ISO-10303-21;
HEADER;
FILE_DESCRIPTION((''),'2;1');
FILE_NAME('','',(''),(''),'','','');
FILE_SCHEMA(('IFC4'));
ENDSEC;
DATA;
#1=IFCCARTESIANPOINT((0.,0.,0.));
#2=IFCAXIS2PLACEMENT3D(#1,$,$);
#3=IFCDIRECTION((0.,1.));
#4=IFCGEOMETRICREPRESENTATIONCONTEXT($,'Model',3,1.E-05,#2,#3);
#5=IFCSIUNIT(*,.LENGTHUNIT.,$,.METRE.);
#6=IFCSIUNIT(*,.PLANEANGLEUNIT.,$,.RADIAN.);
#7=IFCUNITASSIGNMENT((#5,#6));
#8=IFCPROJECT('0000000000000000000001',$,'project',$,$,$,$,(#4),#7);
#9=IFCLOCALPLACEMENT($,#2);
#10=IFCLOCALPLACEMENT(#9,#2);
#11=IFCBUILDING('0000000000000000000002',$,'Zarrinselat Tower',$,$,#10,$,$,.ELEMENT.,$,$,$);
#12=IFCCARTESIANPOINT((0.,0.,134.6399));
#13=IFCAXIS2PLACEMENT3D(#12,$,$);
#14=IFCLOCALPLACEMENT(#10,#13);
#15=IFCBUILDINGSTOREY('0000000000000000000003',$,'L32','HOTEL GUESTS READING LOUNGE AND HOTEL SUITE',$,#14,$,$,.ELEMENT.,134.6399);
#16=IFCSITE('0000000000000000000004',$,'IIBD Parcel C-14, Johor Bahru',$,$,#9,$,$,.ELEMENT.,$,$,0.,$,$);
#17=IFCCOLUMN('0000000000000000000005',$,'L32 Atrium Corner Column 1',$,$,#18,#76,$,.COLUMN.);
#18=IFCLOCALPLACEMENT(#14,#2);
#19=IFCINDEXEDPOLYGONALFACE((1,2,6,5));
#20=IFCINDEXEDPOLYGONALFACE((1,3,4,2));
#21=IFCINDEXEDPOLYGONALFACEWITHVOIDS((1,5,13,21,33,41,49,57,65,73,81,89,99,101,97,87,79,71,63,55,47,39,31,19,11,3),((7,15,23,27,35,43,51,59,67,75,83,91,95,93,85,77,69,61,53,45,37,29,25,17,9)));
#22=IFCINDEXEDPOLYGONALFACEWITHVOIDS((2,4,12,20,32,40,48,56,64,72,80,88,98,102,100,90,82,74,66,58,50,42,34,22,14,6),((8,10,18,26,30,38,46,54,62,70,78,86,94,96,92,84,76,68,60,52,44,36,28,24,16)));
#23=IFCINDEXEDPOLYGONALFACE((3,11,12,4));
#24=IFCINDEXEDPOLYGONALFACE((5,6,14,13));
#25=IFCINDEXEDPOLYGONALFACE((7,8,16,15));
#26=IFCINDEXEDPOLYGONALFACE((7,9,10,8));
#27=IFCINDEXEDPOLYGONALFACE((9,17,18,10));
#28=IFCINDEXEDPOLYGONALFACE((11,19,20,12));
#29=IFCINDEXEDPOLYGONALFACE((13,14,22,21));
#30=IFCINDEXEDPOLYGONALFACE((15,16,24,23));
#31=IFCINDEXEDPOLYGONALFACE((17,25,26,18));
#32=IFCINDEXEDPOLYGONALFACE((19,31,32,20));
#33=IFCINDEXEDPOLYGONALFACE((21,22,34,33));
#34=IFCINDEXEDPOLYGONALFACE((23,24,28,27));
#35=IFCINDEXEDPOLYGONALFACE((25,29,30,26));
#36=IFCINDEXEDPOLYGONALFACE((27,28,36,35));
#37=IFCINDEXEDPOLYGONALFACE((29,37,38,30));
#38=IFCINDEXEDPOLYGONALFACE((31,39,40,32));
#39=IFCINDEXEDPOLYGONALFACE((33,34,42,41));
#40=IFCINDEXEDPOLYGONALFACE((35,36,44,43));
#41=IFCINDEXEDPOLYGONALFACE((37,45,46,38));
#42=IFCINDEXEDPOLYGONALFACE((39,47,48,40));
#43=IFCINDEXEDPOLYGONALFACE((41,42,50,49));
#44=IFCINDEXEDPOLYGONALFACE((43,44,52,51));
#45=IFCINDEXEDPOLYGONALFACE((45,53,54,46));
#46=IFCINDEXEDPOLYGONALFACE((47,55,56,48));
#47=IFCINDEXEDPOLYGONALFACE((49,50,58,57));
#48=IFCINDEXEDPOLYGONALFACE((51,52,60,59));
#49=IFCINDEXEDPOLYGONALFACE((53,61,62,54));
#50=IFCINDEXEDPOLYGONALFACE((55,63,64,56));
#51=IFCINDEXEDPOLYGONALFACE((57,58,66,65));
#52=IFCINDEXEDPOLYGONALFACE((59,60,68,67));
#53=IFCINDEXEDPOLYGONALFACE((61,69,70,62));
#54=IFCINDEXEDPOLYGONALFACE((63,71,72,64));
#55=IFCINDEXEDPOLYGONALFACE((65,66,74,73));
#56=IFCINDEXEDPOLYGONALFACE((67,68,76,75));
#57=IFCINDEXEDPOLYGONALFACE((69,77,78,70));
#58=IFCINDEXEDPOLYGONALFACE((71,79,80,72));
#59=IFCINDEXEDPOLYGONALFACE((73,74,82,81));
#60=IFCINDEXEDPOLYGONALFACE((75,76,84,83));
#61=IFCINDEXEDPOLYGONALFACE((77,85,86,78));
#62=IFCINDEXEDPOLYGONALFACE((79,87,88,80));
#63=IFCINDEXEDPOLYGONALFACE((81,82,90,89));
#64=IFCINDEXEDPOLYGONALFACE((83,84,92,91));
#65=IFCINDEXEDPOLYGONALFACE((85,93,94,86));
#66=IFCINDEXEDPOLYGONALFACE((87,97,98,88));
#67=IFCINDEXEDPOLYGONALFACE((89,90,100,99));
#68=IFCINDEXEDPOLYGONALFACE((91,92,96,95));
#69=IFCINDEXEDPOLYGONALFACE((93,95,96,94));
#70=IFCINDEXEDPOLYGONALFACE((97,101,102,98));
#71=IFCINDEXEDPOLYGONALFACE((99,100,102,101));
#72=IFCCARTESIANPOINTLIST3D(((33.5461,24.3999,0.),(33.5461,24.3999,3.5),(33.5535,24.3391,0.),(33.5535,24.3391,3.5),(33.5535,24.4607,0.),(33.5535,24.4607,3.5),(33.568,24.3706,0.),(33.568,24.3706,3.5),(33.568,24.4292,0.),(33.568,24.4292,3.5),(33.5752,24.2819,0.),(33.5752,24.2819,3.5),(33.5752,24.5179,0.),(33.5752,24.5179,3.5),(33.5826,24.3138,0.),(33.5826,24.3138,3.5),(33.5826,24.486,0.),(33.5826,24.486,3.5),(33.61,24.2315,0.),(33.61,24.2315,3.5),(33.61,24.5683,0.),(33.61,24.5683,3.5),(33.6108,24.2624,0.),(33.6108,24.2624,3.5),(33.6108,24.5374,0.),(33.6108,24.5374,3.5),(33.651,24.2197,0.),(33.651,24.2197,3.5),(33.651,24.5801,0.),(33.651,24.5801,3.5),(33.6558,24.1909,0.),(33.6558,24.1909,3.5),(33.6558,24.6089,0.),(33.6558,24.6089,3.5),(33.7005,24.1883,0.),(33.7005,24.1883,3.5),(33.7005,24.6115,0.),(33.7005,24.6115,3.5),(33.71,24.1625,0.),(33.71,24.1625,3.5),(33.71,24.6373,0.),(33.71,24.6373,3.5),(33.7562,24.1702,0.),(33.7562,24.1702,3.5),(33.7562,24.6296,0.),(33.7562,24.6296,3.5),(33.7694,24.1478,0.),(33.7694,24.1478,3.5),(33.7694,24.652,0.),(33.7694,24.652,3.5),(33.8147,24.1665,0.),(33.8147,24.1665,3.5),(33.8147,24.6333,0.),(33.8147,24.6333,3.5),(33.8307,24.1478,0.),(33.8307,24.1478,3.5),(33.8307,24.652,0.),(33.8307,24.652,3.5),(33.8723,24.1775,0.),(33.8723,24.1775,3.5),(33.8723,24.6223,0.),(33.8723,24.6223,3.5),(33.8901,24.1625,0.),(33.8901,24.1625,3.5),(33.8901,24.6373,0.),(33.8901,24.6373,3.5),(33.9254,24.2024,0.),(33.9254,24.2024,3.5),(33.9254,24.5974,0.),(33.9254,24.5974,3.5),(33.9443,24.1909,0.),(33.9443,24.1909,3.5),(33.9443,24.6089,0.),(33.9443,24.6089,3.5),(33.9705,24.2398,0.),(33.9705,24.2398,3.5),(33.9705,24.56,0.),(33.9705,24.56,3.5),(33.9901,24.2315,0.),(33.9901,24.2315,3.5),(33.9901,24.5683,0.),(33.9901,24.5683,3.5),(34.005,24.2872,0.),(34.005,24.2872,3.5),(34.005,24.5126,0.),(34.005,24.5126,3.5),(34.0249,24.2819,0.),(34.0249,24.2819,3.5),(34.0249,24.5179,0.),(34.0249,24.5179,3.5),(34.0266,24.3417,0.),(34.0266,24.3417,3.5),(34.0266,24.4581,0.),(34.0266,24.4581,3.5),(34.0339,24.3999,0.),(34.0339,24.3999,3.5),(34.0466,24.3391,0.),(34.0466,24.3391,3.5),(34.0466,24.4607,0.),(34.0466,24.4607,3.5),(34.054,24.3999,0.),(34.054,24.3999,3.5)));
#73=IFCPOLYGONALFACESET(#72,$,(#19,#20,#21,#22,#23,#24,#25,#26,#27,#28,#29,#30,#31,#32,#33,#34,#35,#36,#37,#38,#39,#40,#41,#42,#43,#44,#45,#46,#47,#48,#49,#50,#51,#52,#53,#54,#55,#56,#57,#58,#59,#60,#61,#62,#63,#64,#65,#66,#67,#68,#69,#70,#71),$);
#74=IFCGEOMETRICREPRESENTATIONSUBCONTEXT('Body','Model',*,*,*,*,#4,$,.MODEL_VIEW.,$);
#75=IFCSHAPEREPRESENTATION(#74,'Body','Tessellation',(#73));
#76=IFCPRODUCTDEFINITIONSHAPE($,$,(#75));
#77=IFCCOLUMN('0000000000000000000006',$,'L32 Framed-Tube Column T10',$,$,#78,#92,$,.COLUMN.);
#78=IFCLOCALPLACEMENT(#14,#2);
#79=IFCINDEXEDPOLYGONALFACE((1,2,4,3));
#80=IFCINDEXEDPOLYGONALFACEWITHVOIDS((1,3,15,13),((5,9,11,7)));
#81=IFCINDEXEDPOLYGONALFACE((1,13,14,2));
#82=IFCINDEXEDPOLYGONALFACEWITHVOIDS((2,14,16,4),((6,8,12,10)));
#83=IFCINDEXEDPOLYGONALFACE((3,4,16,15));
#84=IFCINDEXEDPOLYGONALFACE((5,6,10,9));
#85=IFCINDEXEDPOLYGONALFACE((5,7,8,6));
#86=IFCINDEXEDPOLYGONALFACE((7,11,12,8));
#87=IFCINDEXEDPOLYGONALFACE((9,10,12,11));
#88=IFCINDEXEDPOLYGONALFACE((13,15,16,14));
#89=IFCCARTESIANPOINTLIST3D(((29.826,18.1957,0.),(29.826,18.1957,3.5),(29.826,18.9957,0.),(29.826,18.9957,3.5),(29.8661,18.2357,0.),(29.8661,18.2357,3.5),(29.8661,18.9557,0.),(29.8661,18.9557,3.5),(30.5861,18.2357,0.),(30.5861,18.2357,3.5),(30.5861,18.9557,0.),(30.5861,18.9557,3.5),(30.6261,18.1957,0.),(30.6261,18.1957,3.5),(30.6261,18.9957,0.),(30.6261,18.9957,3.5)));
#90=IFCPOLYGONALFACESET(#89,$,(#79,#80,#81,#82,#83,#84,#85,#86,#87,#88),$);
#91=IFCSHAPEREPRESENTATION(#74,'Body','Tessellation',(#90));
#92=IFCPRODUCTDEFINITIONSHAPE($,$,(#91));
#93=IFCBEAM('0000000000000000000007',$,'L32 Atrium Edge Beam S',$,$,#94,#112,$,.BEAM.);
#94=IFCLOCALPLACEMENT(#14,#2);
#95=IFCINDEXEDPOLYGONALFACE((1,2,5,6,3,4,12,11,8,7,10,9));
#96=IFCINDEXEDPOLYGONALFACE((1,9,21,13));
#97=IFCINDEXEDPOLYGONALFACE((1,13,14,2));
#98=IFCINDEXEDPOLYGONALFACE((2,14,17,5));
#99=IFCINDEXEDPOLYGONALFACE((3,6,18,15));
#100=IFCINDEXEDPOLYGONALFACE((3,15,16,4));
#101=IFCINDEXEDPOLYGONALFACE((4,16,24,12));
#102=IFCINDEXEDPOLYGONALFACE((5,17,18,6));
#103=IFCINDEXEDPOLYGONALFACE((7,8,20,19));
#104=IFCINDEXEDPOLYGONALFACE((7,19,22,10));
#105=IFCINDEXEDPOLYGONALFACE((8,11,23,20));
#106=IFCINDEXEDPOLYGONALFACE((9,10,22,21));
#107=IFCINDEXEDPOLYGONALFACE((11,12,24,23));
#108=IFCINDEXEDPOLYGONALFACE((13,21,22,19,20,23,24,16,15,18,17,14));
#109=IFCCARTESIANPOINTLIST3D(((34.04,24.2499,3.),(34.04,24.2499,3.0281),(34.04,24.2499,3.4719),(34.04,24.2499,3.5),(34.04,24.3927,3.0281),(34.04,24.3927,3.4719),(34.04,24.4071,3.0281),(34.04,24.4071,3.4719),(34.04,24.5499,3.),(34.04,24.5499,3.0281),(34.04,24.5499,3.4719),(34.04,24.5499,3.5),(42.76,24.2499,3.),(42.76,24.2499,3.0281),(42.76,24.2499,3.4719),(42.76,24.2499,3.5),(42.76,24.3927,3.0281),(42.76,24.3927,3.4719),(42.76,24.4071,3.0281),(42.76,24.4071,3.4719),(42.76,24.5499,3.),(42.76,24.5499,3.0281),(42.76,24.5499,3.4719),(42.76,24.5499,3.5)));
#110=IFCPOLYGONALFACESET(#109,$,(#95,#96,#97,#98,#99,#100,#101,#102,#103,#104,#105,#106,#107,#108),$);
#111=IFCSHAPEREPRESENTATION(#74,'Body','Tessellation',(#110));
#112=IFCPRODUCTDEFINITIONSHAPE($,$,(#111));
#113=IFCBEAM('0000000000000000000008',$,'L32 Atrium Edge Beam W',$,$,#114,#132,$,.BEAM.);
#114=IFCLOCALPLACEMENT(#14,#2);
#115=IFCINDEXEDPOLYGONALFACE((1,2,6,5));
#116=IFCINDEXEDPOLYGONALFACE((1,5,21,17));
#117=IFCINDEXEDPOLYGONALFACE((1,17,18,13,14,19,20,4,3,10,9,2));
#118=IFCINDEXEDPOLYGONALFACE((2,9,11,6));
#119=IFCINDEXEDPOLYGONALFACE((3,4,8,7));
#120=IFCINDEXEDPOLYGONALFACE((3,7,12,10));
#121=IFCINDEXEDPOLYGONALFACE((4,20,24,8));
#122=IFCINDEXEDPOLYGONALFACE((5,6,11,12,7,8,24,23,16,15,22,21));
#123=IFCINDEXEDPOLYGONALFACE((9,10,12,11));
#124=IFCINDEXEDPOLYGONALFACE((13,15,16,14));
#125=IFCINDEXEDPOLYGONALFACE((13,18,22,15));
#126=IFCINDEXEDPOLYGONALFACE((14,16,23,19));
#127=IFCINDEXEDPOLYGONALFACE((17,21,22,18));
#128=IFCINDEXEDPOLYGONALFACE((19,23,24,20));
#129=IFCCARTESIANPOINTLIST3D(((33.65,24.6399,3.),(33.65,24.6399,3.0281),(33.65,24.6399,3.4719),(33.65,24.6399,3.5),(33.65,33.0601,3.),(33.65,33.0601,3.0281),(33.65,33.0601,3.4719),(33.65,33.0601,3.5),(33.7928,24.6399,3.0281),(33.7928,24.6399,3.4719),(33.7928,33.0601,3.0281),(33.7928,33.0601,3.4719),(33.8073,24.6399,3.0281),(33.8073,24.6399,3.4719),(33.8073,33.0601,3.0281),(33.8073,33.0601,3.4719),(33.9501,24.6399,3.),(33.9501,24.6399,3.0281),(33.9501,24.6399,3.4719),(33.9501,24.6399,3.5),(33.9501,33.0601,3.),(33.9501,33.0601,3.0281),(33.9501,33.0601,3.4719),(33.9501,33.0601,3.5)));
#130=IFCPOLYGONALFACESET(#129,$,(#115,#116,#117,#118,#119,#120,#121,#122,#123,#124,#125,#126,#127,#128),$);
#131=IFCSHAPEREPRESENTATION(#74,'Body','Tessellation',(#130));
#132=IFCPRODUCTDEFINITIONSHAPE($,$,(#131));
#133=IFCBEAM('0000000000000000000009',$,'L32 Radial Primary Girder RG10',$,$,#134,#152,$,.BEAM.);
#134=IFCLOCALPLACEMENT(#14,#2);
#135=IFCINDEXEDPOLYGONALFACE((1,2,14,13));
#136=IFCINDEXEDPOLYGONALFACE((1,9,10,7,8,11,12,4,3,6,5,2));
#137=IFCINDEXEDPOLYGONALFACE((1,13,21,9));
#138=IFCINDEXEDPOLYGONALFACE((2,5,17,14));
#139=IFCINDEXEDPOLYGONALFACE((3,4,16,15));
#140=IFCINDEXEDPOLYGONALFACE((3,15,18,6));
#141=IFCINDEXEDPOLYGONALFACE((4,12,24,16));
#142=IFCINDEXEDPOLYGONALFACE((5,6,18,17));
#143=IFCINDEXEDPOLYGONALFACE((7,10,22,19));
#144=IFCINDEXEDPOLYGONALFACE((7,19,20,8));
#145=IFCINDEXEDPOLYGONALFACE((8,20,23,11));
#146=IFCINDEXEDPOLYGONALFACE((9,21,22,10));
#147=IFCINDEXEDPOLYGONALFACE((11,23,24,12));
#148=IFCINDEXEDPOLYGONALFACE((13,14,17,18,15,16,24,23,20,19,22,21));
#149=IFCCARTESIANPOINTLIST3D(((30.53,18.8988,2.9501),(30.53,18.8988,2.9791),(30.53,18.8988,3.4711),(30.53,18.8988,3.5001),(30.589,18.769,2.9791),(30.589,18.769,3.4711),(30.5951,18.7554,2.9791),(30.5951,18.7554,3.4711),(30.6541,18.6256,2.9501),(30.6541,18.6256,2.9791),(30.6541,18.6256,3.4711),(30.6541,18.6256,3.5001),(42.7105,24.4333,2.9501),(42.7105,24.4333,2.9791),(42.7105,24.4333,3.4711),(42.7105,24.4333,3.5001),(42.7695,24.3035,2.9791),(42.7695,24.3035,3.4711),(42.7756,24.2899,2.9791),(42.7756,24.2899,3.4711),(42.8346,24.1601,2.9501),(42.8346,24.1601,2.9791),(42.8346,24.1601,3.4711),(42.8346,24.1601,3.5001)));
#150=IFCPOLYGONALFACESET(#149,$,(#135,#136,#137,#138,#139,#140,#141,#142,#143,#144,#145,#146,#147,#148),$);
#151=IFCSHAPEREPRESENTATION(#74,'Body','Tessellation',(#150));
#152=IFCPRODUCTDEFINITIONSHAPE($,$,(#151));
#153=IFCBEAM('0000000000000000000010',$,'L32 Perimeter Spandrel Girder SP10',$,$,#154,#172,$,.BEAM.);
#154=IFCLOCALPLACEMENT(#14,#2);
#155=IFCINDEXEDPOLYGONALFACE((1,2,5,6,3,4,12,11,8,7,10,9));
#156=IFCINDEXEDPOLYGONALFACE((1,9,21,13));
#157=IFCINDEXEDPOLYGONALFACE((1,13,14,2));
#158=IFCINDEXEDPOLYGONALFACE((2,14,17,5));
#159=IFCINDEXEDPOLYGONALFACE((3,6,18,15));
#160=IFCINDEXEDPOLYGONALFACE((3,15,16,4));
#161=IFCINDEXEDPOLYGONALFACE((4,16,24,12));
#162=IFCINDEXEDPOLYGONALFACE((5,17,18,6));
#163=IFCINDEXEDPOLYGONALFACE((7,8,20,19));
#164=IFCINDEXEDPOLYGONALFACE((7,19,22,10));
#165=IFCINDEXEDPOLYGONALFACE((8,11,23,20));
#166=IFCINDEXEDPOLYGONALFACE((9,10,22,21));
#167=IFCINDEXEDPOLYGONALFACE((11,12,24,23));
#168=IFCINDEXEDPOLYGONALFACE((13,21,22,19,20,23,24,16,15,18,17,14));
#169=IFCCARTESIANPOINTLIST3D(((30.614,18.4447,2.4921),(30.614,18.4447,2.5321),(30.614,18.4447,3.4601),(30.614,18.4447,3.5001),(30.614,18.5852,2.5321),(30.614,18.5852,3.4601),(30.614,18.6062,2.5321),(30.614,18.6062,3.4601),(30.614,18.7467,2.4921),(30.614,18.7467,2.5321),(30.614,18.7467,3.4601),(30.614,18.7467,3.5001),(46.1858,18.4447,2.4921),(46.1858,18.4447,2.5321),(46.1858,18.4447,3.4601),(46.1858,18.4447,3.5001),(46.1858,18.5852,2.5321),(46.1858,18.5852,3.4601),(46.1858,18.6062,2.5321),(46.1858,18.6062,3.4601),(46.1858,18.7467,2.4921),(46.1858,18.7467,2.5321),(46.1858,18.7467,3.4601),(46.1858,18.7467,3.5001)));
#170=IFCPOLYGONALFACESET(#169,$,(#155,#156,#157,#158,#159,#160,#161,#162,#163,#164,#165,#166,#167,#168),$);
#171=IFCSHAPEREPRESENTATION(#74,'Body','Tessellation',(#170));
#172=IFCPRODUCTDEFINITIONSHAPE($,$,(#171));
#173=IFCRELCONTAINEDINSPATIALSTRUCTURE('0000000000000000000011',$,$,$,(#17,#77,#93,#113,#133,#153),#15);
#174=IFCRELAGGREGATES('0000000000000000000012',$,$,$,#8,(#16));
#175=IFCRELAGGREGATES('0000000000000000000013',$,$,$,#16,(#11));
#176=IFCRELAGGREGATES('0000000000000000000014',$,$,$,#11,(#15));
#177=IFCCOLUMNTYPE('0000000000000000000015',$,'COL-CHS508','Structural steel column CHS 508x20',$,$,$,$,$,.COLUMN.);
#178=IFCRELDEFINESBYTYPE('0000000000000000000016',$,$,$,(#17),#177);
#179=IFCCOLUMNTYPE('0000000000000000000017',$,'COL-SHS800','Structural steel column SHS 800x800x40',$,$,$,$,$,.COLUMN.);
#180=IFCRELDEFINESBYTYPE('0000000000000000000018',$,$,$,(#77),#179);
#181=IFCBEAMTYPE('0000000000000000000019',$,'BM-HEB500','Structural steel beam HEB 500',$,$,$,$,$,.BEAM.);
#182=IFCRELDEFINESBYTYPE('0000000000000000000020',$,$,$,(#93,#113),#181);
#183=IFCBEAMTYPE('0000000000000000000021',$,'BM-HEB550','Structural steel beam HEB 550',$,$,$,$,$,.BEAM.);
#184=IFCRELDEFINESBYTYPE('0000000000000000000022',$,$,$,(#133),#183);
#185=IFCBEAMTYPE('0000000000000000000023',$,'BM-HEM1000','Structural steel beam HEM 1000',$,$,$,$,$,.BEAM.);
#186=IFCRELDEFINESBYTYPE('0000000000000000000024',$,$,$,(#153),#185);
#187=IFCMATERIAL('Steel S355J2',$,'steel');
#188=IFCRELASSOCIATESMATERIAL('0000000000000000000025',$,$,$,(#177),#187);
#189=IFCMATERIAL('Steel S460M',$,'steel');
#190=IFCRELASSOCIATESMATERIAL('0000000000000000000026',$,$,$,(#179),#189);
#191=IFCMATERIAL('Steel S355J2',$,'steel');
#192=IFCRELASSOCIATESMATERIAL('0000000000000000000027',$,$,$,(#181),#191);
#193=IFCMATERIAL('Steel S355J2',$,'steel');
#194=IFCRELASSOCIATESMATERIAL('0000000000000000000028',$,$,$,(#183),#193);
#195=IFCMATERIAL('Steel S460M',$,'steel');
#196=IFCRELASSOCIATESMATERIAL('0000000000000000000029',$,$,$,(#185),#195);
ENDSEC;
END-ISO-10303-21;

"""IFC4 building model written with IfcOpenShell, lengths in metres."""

from ifc_helpers import new_model, si_unit, direction, frame, origin, origin_2d, place, context, subcontext, project, spatial, hollow_rectangle, hollow_circle, i_section, extrude, material, material_profile, profile_set, type_object, element, save


model = new_model("IFC4")

# Units and contexts
model_context = context("Model", 3, precision=1e-05, world=origin(), true_north=direction((0.0, 1.0)))
body_context = subcontext(model_context, "Body", "Model", "MODEL_VIEW")
ifc_project = project(units=[si_unit("LENGTHUNIT", "METRE"), si_unit("PLANEANGLEUNIT", "RADIAN")], contexts=[model_context])

# Site, building, storey
site_placement = place(None, origin())
site = spatial("IfcSite", under=ifc_project, at=site_placement, Name="IIBD Parcel C-14, Johor Bahru", CompositionType="ELEMENT", RefElevation=0.0)
building_placement = place(site_placement, origin())
building = spatial("IfcBuilding", under=site, at=building_placement, Name="Zarrinselat Tower", CompositionType="ELEMENT")
storey_placement = place(building_placement, frame((0.0, 0.0, 134.6399)))
storey = spatial("IfcBuildingStorey", under=building, at=storey_placement, Name="L32", Description="HOTEL GUESTS READING LOUNGE AND HOTEL SUITE", CompositionType="ELEMENT", Elevation=134.6399)

# Columns
ifc_material_1 = material(Name="Steel S355J2", Category="steel")
ifc_material_profile_1 = material_profile(ifc_material_1, hollow_circle(Radius=0.2539, WallThickness=0.02, at=origin_2d()), Name="CHS 508x20")
ifc_profile_set_1 = profile_set([ifc_material_profile_1], Name="Steel S355J2")
column_type_1 = type_object("IfcColumnType", Name="COL-CHS508", Description="Structural steel column CHS 508x20", PredefinedType="COLUMN", material=ifc_profile_set_1)
column_1_placement = place(storey_placement, frame((33.8, 24.3999, 0.0), z_axis=(0.0, 0.0, 1.0), x_axis=(1.0, 0.0, 0.0)))
element("IfcColumn", 1, at=column_1_placement, inside=storey, type_object=column_type_1, Name="L32 Atrium Corner Column 1", PredefinedType="COLUMN", context=body_context, shape_type="SweptSolid", body=[
    extrude(hollow_circle(Radius=0.2539, WallThickness=0.02, at=origin_2d()), origin(), (0.0, 0.0, 1.0), 3.5),
])
ifc_material_2 = material(Name="Steel S460M", Category="steel")
ifc_material_profile_2 = material_profile(ifc_material_2, hollow_rectangle(XDim=0.8, YDim=0.8, WallThickness=0.04, at=origin_2d()), Name="SHS 800x800x40")
ifc_profile_set_2 = profile_set([ifc_material_profile_2], Name="Steel S460M")
column_type_2 = type_object("IfcColumnType", Name="COL-SHS800", Description="Structural steel column SHS 800x800x40", PredefinedType="COLUMN", material=ifc_profile_set_2)
column_2_placement = place(storey_placement, frame((30.2261, 18.5957, 0.0), z_axis=(0.0, 0.0, 1.0), x_axis=(1.0, 0.0, 0.0)))
element("IfcColumn", 2, at=column_2_placement, inside=storey, type_object=column_type_2, Name="L32 Framed-Tube Column T10", PredefinedType="COLUMN", context=body_context, shape_type="SweptSolid", body=[
    extrude(hollow_rectangle(XDim=0.8, YDim=0.8, WallThickness=0.04, at=origin_2d()), origin(), (0.0, 0.0, 1.0), 3.5),
])

# Beams
ifc_material_3 = material(Name="Steel S355J2", Category="steel")
ifc_material_profile_3 = material_profile(ifc_material_3, i_section(OverallWidth=0.3, OverallDepth=0.5, WebThickness=0.0144, FlangeThickness=0.0281, at=origin_2d()), Name="HEB 500")
ifc_profile_set_3 = profile_set([ifc_material_profile_3], Name="Steel S355J2")
beam_type_1 = type_object("IfcBeamType", Name="BM-HEB500", Description="Structural steel beam HEB 500", PredefinedType="BEAM", material=ifc_profile_set_3)
beam_1_placement = place(storey_placement, frame((34.04, 24.3999, 3.25), z_axis=(1.0, 0.0, 0.0), x_axis=(0.0, 1.0, 0.0)))
element("IfcBeam", 3, at=beam_1_placement, inside=storey, type_object=beam_type_1, Name="L32 Atrium Edge Beam S", PredefinedType="BEAM", context=body_context, shape_type="SweptSolid", body=[
    extrude(i_section(OverallWidth=0.3, OverallDepth=0.5, WebThickness=0.0144, FlangeThickness=0.0281, at=origin_2d()), origin(), (0.0, 0.0, 1.0), 8.72),
])
beam_2_placement = place(storey_placement, frame((33.8, 24.6399, 3.25), z_axis=(0.0, 1.0, 0.0), x_axis=(-1.0, 0.0, 0.0)))
element("IfcBeam", 4, at=beam_2_placement, inside=storey, type_object=beam_type_1, Name="L32 Atrium Edge Beam W", PredefinedType="BEAM", context=body_context, shape_type="SweptSolid", body=[
    extrude(i_section(OverallWidth=0.3, OverallDepth=0.5, WebThickness=0.0144, FlangeThickness=0.0281, at=origin_2d()), origin(), (0.0, 0.0, 1.0), 8.4202),
])
ifc_material_4 = material(Name="Steel S355J2", Category="steel")
ifc_material_profile_4 = material_profile(ifc_material_4, i_section(OverallWidth=0.3, OverallDepth=0.55, WebThickness=0.0149, FlangeThickness=0.0291, at=origin_2d()), Name="HEB 550")
ifc_profile_set_4 = profile_set([ifc_material_profile_4], Name="Steel S355J2")
beam_type_2 = type_object("IfcBeamType", Name="BM-HEB550", Description="Structural steel beam HEB 550", PredefinedType="BEAM", material=ifc_profile_set_4)
beam_3_placement = place(storey_placement, frame((30.592, 18.7622, 3.2251), z_axis=(0.910426, 0.413671, 0.0), x_axis=(-0.413671, 0.910426, 0.0)))
element("IfcBeam", 5, at=beam_3_placement, inside=storey, type_object=beam_type_2, Name="L32 Radial Primary Girder RG10", PredefinedType="BEAM", context=body_context, shape_type="SweptSolid", body=[
    extrude(i_section(OverallWidth=0.3, OverallDepth=0.55, WebThickness=0.0149, FlangeThickness=0.0291, at=origin_2d()), origin(), (0.0, 0.0, 1.0), 13.3789),
])
ifc_material_5 = material(Name="Steel S460M", Category="steel")
ifc_material_profile_5 = material_profile(ifc_material_5, i_section(OverallWidth=0.302, OverallDepth=1.0081, WebThickness=0.021, FlangeThickness=0.04, at=origin_2d()), Name="HEM 1000")
ifc_profile_set_5 = profile_set([ifc_material_profile_5], Name="Steel S460M")
beam_type_3 = type_object("IfcBeamType", Name="BM-HEM1000", Description="Structural steel beam HEM 1000", PredefinedType="BEAM", material=ifc_profile_set_5)
beam_4_placement = place(storey_placement, frame((30.614, 18.5957, 2.9961), z_axis=(1.0, 0.0, 0.0), x_axis=(0.0, 1.0, 0.0)))
element("IfcBeam", 6, at=beam_4_placement, inside=storey, type_object=beam_type_3, Name="L32 Perimeter Spandrel Girder SP10", PredefinedType="BEAM", context=body_context, shape_type="SweptSolid", body=[
    extrude(i_section(OverallWidth=0.302, OverallDepth=1.0081, WebThickness=0.021, FlangeThickness=0.04, at=origin_2d()), origin(), (0.0, 0.0, 1.0), 15.5718),
])

save(model, "model.ifc")
